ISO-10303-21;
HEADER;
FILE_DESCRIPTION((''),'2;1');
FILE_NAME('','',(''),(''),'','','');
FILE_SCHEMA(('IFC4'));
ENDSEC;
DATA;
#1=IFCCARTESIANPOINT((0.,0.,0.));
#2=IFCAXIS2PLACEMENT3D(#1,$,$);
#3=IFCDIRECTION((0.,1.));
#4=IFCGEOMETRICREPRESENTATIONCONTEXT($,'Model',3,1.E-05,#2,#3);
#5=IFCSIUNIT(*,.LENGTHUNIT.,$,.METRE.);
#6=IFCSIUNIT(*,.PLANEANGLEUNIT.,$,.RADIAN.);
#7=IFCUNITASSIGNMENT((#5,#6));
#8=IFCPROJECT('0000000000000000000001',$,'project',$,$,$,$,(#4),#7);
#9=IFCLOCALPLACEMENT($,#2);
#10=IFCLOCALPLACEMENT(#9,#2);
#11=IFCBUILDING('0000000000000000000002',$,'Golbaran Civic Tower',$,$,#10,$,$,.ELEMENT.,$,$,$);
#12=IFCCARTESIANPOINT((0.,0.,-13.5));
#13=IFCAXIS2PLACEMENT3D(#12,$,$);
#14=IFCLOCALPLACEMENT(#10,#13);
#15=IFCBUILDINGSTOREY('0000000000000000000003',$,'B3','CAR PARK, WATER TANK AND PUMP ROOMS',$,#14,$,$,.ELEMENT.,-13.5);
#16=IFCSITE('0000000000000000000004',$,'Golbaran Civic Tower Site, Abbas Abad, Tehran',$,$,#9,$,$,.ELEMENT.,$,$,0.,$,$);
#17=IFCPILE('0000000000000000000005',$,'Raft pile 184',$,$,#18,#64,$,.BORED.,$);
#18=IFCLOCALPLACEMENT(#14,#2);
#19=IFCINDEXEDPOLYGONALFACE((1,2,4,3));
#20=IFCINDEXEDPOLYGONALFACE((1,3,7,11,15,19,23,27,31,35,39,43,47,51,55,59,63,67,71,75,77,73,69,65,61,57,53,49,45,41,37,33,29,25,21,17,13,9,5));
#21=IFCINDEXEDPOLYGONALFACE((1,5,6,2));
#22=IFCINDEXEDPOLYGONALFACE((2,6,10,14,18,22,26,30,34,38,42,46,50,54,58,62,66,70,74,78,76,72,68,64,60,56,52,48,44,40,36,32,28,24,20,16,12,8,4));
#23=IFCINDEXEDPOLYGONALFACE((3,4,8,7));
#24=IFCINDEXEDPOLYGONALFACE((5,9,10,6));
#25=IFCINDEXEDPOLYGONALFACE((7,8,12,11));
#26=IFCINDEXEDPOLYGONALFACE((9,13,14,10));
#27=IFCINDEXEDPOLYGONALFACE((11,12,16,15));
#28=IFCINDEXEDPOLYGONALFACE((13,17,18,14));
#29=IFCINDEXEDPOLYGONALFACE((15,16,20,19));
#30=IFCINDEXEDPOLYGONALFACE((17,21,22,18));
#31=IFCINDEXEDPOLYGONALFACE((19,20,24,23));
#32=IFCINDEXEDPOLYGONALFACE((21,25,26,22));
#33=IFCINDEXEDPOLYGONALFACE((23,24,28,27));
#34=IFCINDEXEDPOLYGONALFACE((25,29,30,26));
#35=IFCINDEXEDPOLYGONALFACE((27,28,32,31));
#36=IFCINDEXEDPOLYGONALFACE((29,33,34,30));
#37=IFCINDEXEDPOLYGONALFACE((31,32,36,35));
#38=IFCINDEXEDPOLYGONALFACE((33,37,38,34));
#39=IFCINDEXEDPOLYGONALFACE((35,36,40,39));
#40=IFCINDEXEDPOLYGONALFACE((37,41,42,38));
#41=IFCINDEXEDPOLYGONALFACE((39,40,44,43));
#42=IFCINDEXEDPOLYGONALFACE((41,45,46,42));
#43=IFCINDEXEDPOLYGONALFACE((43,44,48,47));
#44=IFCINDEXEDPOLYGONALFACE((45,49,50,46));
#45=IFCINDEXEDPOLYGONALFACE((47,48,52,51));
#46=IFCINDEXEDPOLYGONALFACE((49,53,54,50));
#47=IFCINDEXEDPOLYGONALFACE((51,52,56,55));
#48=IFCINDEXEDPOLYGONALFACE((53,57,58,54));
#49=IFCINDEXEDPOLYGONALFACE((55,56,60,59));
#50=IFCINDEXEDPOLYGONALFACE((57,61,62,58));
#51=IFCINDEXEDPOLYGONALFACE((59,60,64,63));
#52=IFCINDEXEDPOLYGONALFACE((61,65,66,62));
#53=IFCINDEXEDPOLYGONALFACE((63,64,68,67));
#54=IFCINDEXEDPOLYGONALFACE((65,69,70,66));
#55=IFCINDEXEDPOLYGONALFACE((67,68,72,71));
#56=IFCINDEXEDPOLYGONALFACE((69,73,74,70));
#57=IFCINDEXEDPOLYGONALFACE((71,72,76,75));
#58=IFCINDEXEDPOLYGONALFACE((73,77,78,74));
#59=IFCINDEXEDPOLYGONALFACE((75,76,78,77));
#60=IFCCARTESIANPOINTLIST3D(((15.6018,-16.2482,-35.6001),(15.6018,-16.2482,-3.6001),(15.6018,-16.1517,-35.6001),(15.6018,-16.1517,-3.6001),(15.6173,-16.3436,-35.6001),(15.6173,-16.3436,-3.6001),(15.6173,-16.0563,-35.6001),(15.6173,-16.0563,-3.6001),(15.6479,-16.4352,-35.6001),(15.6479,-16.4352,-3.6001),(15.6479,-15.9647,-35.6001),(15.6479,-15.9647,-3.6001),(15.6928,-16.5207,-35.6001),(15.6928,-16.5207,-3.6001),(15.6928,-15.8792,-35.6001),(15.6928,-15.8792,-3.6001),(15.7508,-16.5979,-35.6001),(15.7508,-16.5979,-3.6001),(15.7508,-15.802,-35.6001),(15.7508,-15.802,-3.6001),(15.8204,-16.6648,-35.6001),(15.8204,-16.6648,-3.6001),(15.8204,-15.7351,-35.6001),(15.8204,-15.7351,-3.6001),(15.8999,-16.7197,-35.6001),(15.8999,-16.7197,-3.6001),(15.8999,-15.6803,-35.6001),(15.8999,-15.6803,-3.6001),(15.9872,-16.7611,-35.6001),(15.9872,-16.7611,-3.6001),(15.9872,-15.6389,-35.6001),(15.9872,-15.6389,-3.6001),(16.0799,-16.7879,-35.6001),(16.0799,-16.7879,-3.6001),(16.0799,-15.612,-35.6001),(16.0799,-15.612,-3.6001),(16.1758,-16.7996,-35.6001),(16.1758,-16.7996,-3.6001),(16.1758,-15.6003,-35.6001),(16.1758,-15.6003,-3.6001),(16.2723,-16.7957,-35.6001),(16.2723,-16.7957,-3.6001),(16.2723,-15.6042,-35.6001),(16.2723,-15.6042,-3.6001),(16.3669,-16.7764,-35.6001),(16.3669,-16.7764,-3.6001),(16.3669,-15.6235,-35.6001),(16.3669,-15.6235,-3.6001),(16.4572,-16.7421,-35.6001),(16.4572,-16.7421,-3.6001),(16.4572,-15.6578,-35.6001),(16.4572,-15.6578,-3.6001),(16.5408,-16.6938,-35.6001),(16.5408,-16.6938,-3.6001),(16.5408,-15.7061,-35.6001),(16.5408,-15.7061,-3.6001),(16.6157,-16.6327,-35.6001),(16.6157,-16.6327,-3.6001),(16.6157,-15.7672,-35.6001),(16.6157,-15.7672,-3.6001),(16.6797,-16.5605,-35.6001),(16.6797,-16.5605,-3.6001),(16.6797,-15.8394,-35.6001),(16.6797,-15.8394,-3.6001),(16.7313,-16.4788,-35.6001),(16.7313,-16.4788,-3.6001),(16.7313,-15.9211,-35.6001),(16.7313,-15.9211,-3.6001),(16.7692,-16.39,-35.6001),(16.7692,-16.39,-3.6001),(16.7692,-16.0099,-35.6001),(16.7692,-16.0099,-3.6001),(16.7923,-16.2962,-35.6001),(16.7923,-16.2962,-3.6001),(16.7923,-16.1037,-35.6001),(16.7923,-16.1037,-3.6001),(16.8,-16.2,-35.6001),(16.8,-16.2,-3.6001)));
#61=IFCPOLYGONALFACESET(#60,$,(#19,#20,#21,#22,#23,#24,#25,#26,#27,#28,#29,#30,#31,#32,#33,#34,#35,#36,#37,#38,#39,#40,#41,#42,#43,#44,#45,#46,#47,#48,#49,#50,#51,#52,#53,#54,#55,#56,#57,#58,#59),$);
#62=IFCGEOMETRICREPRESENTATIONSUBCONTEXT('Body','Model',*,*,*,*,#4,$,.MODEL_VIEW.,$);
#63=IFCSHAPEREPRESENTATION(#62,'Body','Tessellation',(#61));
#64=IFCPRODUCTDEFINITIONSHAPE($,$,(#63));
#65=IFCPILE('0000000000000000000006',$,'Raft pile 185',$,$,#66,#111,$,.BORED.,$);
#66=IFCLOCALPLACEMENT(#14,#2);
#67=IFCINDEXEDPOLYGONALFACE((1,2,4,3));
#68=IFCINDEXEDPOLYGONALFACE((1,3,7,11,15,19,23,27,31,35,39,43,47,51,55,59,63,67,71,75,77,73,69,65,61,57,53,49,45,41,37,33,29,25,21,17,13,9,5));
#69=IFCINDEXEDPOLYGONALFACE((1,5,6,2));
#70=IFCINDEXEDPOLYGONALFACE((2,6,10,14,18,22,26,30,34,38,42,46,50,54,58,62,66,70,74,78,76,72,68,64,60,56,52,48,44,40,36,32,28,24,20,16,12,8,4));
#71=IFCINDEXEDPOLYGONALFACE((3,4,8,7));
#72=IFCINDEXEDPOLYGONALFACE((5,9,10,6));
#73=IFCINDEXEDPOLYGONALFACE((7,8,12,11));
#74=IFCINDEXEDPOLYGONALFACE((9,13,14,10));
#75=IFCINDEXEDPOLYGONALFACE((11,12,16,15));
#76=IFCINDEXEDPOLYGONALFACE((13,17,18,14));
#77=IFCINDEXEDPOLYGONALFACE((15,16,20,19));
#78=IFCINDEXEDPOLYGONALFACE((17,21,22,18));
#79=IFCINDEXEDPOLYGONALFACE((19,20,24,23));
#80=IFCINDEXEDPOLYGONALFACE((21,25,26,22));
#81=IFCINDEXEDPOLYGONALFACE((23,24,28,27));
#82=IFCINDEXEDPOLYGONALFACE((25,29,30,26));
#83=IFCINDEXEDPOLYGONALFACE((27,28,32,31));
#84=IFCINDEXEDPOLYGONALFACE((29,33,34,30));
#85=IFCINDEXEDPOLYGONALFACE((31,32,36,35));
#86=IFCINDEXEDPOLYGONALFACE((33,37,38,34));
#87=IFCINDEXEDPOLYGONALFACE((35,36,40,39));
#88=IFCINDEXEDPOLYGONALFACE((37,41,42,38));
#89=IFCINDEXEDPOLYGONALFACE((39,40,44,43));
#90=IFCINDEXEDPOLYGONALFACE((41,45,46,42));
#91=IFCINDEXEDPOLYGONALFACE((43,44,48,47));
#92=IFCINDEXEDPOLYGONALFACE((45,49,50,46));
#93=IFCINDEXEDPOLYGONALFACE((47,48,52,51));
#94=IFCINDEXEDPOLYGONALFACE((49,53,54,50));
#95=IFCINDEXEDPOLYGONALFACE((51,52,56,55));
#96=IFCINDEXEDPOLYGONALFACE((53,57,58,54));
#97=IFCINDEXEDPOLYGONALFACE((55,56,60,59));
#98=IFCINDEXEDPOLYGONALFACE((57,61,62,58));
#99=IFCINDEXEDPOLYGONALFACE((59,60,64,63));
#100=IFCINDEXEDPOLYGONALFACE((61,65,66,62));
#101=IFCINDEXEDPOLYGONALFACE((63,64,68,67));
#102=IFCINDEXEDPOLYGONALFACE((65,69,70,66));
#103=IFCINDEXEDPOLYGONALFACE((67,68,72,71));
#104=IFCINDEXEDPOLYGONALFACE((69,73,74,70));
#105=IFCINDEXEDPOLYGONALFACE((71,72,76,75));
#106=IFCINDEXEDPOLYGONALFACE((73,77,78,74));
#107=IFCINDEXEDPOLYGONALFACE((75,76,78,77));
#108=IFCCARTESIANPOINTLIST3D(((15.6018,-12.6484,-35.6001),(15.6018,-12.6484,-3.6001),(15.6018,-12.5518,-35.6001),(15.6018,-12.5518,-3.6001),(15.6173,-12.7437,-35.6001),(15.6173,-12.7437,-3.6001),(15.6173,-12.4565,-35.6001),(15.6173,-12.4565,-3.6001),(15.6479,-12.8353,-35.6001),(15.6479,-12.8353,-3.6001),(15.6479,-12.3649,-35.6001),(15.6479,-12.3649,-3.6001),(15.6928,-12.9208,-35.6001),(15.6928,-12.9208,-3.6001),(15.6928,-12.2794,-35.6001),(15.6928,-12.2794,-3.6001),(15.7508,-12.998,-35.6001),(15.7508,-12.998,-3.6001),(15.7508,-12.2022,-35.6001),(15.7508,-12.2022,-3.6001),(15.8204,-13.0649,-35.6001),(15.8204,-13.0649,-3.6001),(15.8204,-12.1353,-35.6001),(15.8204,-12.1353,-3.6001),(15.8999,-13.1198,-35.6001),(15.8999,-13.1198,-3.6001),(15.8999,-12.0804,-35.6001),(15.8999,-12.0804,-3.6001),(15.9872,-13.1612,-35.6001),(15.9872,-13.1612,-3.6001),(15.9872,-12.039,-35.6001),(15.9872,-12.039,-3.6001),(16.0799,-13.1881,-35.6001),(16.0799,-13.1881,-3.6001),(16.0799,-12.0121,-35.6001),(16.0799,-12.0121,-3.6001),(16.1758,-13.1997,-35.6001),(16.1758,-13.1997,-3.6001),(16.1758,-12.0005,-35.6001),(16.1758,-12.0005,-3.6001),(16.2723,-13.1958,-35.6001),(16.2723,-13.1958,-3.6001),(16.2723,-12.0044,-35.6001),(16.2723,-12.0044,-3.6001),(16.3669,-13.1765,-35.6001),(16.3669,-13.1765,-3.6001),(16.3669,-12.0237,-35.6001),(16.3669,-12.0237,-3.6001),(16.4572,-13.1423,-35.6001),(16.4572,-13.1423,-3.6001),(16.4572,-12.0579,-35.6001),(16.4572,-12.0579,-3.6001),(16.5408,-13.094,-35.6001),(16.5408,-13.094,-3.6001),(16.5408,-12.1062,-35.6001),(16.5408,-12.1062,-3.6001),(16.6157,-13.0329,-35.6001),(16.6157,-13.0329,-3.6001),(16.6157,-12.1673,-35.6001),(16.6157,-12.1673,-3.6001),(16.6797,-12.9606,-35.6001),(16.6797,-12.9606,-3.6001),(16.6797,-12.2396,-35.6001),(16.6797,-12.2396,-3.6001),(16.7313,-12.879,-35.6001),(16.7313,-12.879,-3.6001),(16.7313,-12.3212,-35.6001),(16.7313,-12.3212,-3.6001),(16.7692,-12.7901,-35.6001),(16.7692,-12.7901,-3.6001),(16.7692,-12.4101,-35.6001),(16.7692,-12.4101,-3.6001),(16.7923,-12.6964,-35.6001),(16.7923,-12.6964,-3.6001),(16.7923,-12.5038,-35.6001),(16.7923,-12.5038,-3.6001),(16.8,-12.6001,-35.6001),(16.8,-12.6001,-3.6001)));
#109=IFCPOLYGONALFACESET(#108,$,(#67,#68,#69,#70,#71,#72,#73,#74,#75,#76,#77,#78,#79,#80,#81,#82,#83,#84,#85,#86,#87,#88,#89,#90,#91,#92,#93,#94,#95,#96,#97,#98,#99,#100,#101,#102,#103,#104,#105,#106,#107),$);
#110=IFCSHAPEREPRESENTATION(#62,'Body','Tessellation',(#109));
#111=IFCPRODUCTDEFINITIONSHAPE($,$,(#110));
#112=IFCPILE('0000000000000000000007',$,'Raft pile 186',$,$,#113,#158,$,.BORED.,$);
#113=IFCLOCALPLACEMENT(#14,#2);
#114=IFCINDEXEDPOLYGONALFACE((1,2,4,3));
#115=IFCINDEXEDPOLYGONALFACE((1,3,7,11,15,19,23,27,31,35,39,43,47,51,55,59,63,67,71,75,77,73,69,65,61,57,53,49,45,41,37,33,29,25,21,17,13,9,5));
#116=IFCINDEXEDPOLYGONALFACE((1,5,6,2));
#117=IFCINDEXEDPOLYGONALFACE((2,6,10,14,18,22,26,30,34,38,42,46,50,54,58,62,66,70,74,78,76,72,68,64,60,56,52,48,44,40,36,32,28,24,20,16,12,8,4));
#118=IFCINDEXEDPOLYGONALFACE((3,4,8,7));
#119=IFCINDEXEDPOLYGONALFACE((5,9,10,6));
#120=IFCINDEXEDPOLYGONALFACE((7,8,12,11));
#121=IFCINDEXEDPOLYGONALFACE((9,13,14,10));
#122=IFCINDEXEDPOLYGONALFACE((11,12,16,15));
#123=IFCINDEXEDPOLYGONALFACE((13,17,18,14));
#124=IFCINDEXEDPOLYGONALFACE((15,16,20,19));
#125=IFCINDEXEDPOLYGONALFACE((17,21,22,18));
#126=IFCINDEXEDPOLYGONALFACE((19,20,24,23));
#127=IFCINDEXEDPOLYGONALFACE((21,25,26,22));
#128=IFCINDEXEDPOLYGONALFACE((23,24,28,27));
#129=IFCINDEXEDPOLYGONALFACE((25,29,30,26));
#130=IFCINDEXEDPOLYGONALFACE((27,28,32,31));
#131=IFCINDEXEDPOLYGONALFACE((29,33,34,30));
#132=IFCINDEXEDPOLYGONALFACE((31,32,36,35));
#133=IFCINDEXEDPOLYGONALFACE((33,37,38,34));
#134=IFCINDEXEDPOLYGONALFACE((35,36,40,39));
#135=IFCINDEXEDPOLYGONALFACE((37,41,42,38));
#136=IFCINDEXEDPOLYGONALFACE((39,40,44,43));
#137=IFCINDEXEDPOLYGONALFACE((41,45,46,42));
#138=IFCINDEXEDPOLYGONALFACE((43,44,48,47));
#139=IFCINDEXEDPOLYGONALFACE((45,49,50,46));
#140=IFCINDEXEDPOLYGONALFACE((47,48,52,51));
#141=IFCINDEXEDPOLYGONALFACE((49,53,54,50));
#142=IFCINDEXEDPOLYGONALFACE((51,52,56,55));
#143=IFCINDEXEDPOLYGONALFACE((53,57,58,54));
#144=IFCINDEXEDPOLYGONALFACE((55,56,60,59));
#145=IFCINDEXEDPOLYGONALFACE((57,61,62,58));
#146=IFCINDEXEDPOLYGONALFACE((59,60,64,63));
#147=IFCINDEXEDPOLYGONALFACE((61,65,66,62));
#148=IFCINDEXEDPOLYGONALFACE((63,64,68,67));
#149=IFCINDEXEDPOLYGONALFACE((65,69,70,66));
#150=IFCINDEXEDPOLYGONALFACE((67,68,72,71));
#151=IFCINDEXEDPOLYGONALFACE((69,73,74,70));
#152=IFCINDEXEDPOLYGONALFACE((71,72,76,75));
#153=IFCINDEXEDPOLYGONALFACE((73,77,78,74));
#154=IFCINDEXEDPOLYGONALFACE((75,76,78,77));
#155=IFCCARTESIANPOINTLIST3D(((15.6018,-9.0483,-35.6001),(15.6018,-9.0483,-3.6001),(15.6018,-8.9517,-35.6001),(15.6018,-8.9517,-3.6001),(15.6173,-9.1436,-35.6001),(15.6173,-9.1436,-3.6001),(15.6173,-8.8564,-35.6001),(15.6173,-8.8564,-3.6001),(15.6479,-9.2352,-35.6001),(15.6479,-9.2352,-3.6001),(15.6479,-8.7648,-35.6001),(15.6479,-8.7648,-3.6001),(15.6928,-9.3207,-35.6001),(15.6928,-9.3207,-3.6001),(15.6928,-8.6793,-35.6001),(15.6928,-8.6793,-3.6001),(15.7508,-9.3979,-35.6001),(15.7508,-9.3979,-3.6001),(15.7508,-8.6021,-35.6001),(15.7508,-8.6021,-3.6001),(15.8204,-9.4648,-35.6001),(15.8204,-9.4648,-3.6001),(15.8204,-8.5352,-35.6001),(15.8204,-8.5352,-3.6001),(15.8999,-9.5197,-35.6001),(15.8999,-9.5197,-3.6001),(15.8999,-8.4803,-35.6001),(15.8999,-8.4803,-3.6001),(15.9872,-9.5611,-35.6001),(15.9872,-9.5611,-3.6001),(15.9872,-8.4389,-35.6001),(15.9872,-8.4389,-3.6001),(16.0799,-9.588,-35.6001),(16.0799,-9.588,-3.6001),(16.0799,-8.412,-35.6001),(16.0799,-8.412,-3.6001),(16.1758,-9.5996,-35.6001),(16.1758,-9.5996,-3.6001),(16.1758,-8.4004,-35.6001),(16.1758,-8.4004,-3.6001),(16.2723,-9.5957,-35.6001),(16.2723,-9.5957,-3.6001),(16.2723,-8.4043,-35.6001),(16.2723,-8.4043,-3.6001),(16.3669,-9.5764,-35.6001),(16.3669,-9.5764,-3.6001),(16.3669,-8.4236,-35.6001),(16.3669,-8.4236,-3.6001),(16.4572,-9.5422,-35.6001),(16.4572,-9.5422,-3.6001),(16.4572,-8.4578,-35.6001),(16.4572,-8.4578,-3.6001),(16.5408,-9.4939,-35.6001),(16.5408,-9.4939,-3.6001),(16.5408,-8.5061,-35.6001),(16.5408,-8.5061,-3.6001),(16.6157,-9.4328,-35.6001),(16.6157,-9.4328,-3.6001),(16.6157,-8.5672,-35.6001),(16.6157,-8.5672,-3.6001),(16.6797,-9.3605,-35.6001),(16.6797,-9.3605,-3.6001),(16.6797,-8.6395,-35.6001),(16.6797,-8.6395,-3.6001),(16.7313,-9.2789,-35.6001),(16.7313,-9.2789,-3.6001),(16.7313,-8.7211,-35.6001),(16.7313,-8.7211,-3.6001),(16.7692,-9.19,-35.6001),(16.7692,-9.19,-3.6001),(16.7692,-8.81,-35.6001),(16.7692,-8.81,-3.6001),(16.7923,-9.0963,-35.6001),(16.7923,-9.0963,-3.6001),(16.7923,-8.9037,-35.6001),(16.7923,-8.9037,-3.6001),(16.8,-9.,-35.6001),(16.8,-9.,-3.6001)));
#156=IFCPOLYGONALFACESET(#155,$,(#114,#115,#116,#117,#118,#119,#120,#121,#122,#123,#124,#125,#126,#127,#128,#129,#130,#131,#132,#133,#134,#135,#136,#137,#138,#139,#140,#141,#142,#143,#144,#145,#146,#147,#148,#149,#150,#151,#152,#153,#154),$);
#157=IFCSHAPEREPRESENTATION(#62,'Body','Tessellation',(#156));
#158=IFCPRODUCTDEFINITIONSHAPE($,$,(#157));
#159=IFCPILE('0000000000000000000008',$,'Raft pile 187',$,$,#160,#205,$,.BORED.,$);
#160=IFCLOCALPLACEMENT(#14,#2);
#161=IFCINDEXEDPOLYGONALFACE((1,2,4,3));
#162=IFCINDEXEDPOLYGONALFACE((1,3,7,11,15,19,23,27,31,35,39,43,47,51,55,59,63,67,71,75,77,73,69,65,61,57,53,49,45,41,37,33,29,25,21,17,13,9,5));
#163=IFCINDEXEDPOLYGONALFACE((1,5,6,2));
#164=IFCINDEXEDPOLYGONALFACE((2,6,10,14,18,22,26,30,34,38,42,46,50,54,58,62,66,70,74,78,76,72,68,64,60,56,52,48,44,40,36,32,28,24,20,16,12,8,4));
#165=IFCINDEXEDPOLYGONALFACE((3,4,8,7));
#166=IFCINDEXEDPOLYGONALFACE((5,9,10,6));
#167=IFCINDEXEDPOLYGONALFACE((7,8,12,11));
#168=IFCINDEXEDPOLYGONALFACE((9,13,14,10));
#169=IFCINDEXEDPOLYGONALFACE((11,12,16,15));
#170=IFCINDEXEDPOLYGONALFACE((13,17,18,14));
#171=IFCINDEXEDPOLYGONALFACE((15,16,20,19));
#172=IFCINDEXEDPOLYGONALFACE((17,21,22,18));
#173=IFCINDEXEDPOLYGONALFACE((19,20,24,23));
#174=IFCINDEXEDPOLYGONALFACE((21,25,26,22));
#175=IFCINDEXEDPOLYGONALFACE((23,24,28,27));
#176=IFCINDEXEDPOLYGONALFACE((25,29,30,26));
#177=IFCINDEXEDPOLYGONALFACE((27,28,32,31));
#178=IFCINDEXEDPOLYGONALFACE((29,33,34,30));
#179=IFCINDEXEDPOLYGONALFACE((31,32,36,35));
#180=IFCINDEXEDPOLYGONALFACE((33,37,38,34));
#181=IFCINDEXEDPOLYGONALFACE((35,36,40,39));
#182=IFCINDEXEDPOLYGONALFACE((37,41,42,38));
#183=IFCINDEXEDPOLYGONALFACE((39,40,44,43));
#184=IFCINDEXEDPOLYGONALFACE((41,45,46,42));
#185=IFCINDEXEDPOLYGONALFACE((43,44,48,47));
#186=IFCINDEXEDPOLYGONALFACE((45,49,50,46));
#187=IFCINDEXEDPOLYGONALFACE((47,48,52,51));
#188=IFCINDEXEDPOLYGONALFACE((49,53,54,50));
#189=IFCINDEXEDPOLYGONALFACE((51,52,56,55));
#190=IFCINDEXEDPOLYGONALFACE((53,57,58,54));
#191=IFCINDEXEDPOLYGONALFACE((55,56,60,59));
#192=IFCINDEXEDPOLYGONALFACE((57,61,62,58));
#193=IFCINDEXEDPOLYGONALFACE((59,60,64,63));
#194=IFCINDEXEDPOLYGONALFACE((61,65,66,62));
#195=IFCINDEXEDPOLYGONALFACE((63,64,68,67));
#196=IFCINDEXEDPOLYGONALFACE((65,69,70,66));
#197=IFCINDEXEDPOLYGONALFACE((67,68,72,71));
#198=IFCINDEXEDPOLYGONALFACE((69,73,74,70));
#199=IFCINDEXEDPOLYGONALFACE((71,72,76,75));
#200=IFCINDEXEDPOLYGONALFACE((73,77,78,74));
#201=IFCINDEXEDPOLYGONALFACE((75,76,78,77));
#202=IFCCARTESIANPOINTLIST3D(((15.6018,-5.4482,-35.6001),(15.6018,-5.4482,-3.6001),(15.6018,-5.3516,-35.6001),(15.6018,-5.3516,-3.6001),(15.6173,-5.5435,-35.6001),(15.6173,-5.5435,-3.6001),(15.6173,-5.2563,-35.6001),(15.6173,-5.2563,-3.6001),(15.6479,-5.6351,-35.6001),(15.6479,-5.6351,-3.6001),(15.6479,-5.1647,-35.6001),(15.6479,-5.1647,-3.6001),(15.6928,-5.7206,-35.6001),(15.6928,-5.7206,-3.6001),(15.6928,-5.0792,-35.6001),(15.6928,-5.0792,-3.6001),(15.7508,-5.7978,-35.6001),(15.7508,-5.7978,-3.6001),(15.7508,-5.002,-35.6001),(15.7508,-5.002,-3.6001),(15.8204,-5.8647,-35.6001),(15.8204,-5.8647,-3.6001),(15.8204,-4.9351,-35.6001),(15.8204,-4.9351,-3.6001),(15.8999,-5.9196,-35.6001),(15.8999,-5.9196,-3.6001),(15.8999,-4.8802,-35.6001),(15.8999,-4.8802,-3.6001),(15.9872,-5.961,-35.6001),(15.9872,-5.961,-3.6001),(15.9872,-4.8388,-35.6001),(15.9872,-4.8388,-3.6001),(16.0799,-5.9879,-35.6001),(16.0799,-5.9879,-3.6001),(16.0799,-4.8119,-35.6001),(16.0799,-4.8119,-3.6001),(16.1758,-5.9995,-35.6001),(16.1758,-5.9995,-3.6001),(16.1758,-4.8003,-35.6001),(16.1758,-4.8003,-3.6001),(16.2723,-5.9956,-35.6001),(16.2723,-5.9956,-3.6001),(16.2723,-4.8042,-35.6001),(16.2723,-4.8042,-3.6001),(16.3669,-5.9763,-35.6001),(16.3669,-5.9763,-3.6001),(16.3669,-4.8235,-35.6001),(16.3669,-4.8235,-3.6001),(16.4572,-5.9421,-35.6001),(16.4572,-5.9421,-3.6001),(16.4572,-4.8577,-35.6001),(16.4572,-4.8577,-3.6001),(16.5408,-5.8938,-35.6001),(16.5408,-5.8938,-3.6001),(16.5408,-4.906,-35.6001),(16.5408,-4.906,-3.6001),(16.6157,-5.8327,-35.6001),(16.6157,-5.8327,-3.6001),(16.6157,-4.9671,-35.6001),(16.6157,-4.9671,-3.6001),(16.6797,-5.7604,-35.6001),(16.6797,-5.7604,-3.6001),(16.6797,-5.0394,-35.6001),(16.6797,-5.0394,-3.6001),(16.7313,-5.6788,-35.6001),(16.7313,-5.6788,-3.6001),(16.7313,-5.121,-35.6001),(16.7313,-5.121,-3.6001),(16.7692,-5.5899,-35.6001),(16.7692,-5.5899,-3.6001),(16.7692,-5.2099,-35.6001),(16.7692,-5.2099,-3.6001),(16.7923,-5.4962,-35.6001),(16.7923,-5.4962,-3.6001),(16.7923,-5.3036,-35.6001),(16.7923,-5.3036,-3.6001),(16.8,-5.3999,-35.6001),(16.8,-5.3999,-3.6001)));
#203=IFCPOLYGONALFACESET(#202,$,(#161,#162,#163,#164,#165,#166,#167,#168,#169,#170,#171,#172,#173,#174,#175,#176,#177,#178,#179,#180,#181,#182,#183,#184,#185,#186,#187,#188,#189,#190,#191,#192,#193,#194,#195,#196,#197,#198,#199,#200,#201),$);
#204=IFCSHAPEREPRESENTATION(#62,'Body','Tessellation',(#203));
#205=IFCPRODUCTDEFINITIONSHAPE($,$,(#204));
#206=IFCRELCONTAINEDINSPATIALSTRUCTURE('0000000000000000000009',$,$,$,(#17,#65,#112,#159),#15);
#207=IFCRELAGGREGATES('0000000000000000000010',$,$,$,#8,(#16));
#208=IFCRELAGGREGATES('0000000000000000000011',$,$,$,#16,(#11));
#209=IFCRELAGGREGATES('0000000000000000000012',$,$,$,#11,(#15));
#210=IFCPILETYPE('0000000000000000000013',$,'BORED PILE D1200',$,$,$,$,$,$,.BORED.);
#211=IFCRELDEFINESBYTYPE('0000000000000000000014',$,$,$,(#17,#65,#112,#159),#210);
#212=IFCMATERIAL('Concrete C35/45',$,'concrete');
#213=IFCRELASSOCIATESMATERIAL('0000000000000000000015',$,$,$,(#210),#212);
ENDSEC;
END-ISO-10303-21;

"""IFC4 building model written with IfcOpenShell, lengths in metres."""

from ifc_helpers import new_model, si_unit, direction, frame, origin, origin_2d, place, context, subcontext, project, spatial, circle, extrude, material, material_profile, profile_set, type_object, element, save


model = new_model("IFC4")

# Units and contexts
model_context = context("Model", 3, precision=1e-05, world=origin(), true_north=direction((0.0, 1.0)))
body_context = subcontext(model_context, "Body", "Model", "MODEL_VIEW")
ifc_project = project(units=[si_unit("LENGTHUNIT", "METRE"), si_unit("PLANEANGLEUNIT", "RADIAN")], contexts=[model_context])

# Site, building, storey
site_placement = place(None, origin())
site = spatial("IfcSite", under=ifc_project, at=site_placement, Name="Golbaran Civic Tower Site, Abbas Abad, Tehran", CompositionType="ELEMENT", RefElevation=0.0)
building_placement = place(site_placement, origin())
building = spatial("IfcBuilding", under=site, at=building_placement, Name="Golbaran Civic Tower", CompositionType="ELEMENT")
storey_placement = place(building_placement, frame((0.0, 0.0, -13.5)))
storey = spatial("IfcBuildingStorey", under=building, at=storey_placement, Name="B3", Description="CAR PARK, WATER TANK AND PUMP ROOMS", CompositionType="ELEMENT", Elevation=-13.5)

# Piles
ifc_material_1 = material(Name="Concrete C35/45", Category="concrete")
ifc_material_profile_1 = material_profile(ifc_material_1, circle(Radius=0.6001, at=origin_2d()), Name="BORED PILE D1200")
ifc_profile_set_1 = profile_set([ifc_material_profile_1], Name="Concrete C35/45")
pile_type = type_object("IfcPileType", Name="BORED PILE D1200", PredefinedType="BORED", material=ifc_profile_set_1)
for number, where, z_axis, x_axis, name in (
    (1, (16.2, -16.2, -3.6001), (0.0, 0.0, -1.0), (1.0, 0.0, 0.0), "Raft pile 184"),
    (2, (16.2, -12.6001, -3.6001), (0.0, 0.0, -1.0), (1.0, 0.0, 0.0), "Raft pile 185"),
    (3, (16.2, -9.0, -3.6001), (0.0, 0.0, -1.0), (1.0, 0.0, 0.0), "Raft pile 186"),
    (4, (16.2, -5.3999, -3.6001), (0.0, 0.0, -1.0), (1.0, 0.0, 0.0), "Raft pile 187"),
):
    element("IfcPile", number, at=place(storey_placement, frame(where, z_axis=z_axis, x_axis=x_axis)), inside=storey, type_object=pile_type, Name=name, PredefinedType="BORED", context=body_context, shape_type="SweptSolid", body=[
        extrude(circle(Radius=0.6001, at=origin_2d()), origin(), (0.0, 0.0, 1.0), 32.0),
    ])

save(model, "model.ifc")
